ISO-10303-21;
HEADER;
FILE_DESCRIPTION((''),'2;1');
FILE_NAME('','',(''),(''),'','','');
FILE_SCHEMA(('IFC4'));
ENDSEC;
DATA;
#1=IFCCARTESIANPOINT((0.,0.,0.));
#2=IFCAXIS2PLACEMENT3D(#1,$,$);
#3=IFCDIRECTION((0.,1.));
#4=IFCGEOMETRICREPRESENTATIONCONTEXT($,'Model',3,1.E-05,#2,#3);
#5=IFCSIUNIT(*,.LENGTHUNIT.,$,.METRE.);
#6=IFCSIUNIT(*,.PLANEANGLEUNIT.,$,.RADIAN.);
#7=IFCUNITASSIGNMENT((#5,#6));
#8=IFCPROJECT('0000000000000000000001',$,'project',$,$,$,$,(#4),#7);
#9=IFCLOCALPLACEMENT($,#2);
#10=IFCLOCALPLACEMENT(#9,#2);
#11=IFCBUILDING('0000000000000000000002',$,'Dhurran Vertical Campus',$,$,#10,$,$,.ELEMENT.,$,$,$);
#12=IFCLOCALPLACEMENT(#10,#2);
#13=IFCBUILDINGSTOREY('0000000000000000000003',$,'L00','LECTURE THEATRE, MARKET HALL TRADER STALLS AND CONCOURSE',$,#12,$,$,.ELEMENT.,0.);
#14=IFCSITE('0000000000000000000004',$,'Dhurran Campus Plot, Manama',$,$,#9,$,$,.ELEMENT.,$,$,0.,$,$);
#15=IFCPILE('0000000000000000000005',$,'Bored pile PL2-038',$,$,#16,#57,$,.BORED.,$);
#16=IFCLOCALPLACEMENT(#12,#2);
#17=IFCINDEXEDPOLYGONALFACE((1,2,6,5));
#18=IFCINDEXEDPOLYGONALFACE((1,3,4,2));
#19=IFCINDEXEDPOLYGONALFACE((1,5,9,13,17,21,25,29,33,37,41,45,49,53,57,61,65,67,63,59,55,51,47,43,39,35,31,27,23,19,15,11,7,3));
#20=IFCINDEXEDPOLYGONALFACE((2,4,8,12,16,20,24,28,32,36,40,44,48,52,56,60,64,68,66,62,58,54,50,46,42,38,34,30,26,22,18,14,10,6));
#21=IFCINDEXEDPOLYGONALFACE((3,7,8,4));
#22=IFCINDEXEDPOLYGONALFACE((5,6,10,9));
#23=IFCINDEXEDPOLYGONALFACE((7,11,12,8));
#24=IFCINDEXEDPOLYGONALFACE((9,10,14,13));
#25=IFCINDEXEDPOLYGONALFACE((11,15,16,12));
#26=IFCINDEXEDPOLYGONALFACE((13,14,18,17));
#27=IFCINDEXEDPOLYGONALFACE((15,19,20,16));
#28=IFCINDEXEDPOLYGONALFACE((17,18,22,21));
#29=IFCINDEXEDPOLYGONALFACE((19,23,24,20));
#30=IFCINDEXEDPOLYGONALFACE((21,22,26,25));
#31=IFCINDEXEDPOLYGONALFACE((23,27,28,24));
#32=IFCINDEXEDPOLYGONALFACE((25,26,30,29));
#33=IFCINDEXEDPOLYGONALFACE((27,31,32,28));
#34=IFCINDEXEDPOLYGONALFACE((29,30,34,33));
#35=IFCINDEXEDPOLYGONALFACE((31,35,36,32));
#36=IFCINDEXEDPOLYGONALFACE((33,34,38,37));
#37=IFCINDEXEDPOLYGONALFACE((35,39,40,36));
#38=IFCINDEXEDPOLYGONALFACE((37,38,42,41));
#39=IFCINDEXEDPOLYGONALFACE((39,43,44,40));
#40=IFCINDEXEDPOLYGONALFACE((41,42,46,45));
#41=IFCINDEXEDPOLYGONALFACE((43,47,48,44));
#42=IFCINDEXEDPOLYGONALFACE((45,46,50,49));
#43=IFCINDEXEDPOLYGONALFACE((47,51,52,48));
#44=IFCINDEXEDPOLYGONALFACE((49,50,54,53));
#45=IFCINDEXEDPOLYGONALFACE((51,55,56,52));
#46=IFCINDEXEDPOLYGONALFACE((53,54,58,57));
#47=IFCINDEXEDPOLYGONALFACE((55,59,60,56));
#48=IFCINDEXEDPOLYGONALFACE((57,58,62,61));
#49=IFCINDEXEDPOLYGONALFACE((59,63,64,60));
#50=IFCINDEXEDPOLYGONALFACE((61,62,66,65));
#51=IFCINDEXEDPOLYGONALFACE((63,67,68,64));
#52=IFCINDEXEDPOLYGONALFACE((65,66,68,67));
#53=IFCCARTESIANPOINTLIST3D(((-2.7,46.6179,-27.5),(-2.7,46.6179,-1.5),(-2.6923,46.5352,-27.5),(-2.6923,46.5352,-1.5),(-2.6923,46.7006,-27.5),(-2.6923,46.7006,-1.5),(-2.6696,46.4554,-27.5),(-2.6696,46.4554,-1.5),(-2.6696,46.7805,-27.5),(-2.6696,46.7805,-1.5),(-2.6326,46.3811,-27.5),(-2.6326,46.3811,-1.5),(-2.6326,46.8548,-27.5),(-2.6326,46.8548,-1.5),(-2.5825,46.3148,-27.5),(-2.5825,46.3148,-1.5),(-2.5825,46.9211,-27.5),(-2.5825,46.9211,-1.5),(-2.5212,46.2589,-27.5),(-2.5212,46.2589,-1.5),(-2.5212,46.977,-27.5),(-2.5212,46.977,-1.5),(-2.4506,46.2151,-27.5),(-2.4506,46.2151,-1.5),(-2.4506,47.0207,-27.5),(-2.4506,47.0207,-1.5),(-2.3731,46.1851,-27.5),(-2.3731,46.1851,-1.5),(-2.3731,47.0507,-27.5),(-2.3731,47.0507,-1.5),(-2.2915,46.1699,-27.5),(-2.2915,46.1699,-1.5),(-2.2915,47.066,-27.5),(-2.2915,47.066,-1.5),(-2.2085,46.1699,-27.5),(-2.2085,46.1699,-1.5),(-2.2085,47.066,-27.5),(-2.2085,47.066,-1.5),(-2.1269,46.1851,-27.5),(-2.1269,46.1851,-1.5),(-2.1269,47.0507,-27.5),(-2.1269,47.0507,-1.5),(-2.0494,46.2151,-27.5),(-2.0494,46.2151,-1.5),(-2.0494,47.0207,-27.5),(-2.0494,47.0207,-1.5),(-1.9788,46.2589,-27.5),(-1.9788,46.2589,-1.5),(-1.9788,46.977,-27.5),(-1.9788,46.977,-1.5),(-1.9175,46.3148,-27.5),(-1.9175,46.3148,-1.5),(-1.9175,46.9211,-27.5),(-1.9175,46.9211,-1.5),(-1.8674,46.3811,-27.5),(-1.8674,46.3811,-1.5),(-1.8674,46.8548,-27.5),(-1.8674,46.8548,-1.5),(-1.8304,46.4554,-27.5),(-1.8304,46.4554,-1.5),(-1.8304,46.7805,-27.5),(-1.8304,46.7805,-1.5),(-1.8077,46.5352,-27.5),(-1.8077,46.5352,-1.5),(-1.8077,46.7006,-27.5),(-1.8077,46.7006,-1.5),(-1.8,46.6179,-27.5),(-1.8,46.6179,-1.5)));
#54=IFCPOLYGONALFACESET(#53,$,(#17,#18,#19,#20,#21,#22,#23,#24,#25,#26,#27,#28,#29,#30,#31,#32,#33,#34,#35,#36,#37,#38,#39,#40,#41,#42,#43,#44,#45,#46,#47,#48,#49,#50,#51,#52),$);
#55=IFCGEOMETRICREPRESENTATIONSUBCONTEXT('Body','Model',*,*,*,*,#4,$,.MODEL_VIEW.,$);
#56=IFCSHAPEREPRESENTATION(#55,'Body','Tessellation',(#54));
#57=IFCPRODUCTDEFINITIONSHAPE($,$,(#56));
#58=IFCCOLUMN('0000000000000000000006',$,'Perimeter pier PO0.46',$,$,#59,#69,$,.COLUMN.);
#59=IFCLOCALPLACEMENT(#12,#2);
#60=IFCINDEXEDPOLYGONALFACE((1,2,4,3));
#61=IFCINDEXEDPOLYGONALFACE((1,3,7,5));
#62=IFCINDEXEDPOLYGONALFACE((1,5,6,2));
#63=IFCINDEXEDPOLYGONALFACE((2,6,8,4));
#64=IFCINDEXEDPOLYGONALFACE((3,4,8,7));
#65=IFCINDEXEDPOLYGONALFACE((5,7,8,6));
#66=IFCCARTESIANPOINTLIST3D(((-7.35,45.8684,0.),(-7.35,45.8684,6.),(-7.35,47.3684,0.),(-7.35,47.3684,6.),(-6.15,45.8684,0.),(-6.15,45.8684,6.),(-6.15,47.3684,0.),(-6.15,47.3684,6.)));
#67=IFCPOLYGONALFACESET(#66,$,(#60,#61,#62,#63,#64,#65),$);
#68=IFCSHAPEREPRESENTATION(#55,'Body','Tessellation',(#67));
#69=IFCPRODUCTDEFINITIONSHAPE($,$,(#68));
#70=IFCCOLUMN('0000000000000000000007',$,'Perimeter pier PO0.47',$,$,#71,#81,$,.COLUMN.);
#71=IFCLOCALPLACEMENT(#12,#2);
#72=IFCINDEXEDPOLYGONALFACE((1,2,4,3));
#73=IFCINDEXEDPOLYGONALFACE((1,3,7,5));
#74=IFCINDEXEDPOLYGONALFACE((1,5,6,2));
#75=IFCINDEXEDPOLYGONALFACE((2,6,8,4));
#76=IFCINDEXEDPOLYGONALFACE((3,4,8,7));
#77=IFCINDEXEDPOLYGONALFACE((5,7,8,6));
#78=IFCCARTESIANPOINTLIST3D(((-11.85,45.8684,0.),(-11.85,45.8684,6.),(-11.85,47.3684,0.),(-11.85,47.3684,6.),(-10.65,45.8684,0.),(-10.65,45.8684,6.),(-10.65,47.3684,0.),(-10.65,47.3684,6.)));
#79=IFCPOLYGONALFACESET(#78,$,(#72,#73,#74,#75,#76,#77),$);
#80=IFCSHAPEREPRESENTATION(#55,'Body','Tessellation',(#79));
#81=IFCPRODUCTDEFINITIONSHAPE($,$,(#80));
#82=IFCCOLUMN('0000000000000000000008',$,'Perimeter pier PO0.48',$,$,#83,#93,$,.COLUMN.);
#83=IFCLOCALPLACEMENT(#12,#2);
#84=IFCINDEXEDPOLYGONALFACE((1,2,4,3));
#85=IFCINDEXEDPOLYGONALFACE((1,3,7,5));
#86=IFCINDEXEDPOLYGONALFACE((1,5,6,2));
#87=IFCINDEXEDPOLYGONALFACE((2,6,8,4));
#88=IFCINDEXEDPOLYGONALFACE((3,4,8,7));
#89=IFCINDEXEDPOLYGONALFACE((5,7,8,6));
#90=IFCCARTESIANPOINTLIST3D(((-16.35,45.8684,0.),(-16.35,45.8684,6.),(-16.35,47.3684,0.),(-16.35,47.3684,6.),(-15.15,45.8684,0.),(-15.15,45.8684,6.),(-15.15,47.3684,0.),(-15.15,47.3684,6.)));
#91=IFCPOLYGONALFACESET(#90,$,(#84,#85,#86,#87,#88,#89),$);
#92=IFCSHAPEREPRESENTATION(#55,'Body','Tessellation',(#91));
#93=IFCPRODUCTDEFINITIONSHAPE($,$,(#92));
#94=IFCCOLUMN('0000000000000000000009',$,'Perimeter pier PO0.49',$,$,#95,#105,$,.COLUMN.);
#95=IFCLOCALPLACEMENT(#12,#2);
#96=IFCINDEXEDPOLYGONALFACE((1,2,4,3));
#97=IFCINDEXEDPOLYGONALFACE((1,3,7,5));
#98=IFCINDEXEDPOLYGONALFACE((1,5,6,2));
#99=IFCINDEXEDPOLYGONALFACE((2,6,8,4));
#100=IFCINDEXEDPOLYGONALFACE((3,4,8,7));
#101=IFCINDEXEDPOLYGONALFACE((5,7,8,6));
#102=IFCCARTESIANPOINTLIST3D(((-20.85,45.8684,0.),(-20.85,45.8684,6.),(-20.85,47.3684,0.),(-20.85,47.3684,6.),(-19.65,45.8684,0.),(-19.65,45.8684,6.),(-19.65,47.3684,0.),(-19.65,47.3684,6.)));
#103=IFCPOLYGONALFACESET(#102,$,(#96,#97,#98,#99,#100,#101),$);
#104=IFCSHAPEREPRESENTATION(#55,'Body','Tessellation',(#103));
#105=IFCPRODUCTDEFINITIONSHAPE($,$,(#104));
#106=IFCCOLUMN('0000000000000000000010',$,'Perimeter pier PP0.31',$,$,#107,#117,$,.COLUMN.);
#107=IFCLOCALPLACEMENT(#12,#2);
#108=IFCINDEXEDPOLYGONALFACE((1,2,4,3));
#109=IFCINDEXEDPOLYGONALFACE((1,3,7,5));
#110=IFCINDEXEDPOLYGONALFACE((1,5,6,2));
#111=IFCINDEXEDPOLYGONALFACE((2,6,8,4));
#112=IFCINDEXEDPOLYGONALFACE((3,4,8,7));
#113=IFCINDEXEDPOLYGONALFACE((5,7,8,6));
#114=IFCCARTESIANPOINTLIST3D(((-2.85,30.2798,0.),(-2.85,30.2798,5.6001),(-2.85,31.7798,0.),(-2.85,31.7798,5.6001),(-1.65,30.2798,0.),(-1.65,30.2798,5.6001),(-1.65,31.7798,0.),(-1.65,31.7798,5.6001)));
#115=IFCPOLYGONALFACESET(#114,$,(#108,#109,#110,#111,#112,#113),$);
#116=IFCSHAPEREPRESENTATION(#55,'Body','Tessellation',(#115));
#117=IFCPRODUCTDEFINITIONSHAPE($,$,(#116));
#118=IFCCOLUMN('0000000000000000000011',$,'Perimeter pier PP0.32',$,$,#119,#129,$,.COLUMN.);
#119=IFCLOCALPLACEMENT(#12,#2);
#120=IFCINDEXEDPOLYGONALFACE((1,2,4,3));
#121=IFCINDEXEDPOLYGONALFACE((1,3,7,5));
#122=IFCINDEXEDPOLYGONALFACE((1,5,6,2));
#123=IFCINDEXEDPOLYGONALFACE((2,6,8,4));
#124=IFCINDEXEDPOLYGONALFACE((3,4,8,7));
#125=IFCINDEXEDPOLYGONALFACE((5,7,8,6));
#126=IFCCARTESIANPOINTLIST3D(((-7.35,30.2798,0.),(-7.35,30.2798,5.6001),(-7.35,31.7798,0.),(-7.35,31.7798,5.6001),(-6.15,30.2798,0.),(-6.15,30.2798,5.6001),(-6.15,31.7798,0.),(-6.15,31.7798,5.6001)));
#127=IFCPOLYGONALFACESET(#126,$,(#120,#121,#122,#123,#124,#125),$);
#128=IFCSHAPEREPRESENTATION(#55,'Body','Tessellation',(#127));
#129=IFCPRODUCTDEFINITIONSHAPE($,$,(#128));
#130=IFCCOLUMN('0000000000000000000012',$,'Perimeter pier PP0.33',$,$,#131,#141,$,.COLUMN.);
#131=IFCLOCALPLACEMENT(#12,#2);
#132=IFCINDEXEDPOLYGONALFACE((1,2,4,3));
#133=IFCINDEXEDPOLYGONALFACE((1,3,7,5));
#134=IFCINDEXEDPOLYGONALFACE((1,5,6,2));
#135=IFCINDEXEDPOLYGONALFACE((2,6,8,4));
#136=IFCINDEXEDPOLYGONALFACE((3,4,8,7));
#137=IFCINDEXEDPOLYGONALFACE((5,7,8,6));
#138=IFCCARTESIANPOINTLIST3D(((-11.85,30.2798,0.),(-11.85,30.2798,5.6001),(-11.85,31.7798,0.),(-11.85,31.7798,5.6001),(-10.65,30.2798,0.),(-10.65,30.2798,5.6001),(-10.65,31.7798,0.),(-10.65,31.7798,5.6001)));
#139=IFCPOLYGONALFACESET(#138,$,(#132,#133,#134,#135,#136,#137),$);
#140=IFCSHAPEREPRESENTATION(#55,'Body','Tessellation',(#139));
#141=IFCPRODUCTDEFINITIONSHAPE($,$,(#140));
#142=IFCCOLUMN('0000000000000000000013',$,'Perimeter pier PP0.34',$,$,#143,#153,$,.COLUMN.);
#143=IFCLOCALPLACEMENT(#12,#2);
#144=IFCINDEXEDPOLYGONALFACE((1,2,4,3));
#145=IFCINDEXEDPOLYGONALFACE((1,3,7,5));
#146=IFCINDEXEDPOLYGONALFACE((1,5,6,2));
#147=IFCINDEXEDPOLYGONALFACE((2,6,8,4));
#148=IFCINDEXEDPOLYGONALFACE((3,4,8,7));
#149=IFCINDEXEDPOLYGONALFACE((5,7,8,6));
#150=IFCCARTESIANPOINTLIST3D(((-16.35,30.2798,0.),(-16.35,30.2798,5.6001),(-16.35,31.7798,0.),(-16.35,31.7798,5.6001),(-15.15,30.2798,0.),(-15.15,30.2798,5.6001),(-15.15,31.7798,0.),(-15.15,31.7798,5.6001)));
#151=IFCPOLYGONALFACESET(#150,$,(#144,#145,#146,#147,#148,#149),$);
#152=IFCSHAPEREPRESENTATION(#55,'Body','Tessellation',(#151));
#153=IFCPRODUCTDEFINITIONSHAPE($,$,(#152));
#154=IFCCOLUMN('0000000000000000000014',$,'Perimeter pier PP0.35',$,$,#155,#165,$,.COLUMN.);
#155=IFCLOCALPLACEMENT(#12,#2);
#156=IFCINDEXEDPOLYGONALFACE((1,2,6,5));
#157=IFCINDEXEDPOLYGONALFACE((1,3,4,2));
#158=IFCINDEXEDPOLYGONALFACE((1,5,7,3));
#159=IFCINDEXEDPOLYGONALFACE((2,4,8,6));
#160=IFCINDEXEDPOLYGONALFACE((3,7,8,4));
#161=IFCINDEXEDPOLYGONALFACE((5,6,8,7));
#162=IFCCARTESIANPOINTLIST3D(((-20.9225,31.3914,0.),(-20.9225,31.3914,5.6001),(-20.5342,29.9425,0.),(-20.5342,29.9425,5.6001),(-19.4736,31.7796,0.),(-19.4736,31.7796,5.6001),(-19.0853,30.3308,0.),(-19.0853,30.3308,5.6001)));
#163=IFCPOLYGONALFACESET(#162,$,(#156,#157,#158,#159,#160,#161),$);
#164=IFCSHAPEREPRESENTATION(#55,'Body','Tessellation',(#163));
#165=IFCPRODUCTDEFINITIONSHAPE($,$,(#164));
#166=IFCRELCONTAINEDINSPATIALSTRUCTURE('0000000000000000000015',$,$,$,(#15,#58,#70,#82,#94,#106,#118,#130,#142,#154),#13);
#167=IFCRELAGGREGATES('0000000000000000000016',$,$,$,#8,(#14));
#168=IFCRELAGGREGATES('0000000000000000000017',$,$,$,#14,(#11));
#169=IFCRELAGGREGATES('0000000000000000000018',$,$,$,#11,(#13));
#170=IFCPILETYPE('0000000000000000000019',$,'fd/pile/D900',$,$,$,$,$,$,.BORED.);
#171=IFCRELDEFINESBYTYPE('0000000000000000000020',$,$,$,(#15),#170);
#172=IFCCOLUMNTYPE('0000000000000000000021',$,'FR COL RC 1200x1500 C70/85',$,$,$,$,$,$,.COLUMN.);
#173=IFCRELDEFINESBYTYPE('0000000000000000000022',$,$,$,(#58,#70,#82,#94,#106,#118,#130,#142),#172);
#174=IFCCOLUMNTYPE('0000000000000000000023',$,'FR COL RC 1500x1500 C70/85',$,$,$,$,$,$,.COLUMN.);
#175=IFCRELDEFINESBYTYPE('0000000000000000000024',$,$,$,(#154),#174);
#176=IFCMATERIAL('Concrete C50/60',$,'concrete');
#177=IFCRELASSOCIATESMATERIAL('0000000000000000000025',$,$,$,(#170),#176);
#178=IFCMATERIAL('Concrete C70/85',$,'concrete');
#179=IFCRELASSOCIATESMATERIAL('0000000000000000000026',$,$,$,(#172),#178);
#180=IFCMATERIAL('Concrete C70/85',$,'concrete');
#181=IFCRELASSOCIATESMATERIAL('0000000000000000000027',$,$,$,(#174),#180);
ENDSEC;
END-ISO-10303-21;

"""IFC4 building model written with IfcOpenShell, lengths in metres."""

from ifc_helpers import new_model, si_unit, direction, frame, origin, origin_2d, place, context, subcontext, project, spatial, rectangle, circle, extrude, material, material_profile, profile_set, type_object, element, save


model = new_model("IFC4")

# Units and contexts
model_context = context("Model", 3, precision=1e-05, world=origin(), true_north=direction((0.0, 1.0)))
body_context = subcontext(model_context, "Body", "Model", "MODEL_VIEW")
ifc_project = project(units=[si_unit("LENGTHUNIT", "METRE"), si_unit("PLANEANGLEUNIT", "RADIAN")], contexts=[model_context])

# Site, building, storey
site_placement = place(None, origin())
site = spatial("IfcSite", under=ifc_project, at=site_placement, Name="Dhurran Campus Plot, Manama", CompositionType="ELEMENT", RefElevation=0.0)
building_placement = place(site_placement, origin())
building = spatial("IfcBuilding", under=site, at=building_placement, Name="Dhurran Vertical Campus", CompositionType="ELEMENT")
storey_placement = place(building_placement, origin())
storey = spatial("IfcBuildingStorey", under=building, at=storey_placement, Name="L00", Description="LECTURE THEATRE, MARKET HALL TRADER STALLS AND CONCOURSE", CompositionType="ELEMENT", Elevation=0.0)

# Pile
ifc_material_1 = material(Name="Concrete C50/60", Category="concrete")
ifc_material_profile_1 = material_profile(ifc_material_1, circle(Radius=0.45, at=origin_2d()), Name="fd/pile/D900")
ifc_profile_set_1 = profile_set([ifc_material_profile_1], Name="Concrete C50/60")
pile_type = type_object("IfcPileType", Name="fd/pile/D900", PredefinedType="BORED", material=ifc_profile_set_1)
for number, where, z_axis, x_axis, name in (
    (1, (-2.25, 46.6179, -1.5), (0.0, 0.0, -1.0), (1.0, 0.0, 0.0), "Bored pile PL2-038"),
):
    element("IfcPile", number, at=place(storey_placement, frame(where, z_axis=z_axis, x_axis=x_axis)), inside=storey, type_object=pile_type, Name=name, PredefinedType="BORED", context=body_context, shape_type="SweptSolid", body=[
        extrude(circle(Radius=0.45, at=origin_2d()), origin(), (0.0, 0.0, 1.0), 26.0),
    ])

# Columns
ifc_material_2 = material(Name="Concrete C70/85", Category="concrete")
ifc_material_profile_2 = material_profile(ifc_material_2, rectangle(XDim=1.2, YDim=1.5, at=origin_2d()), Name="RC 1200x1500")
ifc_profile_set_2 = profile_set([ifc_material_profile_2], Name="Concrete C70/85")
column_type_1 = type_object("IfcColumnType", Name="FR COL RC 1200x1500 C70/85", PredefinedType="COLUMN", material=ifc_profile_set_2)
for number, where, z_axis, x_axis, name in (
    (2, (-6.75, 46.6184, 0.0), (0.0, 0.0, 1.0), (-1.0, 0.0, 0.0), "Perimeter pier PO0.46"),
    (3, (-11.25, 46.6184, 0.0), (0.0, 0.0, 1.0), (-1.0, 0.0, 0.0), "Perimeter pier PO0.47"),
    (4, (-15.75, 46.6184, 0.0), (0.0, 0.0, 1.0), (-1.0, 0.0, 0.0), "Perimeter pier PO0.48"),
    (5, (-20.25, 46.6184, 0.0), (0.0, 0.0, 1.0), (-1.0, 0.0, 0.0), "Perimeter pier PO0.49"),
):
    element("IfcColumn", number, at=place(storey_placement, frame(where, z_axis=z_axis, x_axis=x_axis)), inside=storey, type_object=column_type_1, Name=name, PredefinedType="COLUMN", context=body_context, shape_type="SweptSolid", body=[
        extrude(rectangle(XDim=1.2, YDim=1.5, at=origin_2d()), origin(), (0.0, 0.0, 1.0), 6.0),
    ])
for number, where, z_axis, x_axis, name in (
    (6, (-2.25, 31.0298, 0.0), (0.0, 0.0, 1.0), (-1.0, 0.0, 0.0), "Perimeter pier PP0.31"),
    (7, (-6.75, 31.0298, 0.0), (0.0, 0.0, 1.0), (-1.0, 0.0, 0.0), "Perimeter pier PP0.32"),
    (8, (-11.25, 31.0298, 0.0), (0.0, 0.0, 1.0), (-1.0, 0.0, 0.0), "Perimeter pier PP0.33"),
    (9, (-15.75, 31.0298, 0.0), (0.0, 0.0, 1.0), (-1.0, 0.0, 0.0), "Perimeter pier PP0.34"),
):
    element("IfcColumn", number, at=place(storey_placement, frame(where, z_axis=z_axis, x_axis=x_axis)), inside=storey, type_object=column_type_1, Name=name, PredefinedType="COLUMN", context=body_context, shape_type="SweptSolid", body=[
        extrude(rectangle(XDim=1.2, YDim=1.5, at=origin_2d()), origin(), (0.0, 0.0, 1.0), 5.6001),
    ])
ifc_material_3 = material(Name="Concrete C70/85", Category="concrete")
ifc_material_profile_3 = material_profile(ifc_material_3, rectangle(XDim=1.5, YDim=1.5, at=origin_2d()), Name="RC 1500x1500")
ifc_profile_set_3 = profile_set([ifc_material_profile_3], Name="Concrete C70/85")
column_type_2 = type_object("IfcColumnType", Name="FR COL RC 1500x1500 C70/85", PredefinedType="COLUMN", material=ifc_profile_set_3)
column_placement = place(storey_placement, frame((-20.0039, 30.8611, 0.0), z_axis=(0.0, 0.0, 1.0), x_axis=(-0.965926, -0.258819, 0.0)))
element("IfcColumn", 10, at=column_placement, inside=storey, type_object=column_type_2, Name="Perimeter pier PP0.35", PredefinedType="COLUMN", context=body_context, shape_type="SweptSolid", body=[
    extrude(rectangle(XDim=1.5, YDim=1.5, at=origin_2d()), origin(), (0.0, 0.0, 1.0), 5.6001),
])

save(model, "model.ifc")
